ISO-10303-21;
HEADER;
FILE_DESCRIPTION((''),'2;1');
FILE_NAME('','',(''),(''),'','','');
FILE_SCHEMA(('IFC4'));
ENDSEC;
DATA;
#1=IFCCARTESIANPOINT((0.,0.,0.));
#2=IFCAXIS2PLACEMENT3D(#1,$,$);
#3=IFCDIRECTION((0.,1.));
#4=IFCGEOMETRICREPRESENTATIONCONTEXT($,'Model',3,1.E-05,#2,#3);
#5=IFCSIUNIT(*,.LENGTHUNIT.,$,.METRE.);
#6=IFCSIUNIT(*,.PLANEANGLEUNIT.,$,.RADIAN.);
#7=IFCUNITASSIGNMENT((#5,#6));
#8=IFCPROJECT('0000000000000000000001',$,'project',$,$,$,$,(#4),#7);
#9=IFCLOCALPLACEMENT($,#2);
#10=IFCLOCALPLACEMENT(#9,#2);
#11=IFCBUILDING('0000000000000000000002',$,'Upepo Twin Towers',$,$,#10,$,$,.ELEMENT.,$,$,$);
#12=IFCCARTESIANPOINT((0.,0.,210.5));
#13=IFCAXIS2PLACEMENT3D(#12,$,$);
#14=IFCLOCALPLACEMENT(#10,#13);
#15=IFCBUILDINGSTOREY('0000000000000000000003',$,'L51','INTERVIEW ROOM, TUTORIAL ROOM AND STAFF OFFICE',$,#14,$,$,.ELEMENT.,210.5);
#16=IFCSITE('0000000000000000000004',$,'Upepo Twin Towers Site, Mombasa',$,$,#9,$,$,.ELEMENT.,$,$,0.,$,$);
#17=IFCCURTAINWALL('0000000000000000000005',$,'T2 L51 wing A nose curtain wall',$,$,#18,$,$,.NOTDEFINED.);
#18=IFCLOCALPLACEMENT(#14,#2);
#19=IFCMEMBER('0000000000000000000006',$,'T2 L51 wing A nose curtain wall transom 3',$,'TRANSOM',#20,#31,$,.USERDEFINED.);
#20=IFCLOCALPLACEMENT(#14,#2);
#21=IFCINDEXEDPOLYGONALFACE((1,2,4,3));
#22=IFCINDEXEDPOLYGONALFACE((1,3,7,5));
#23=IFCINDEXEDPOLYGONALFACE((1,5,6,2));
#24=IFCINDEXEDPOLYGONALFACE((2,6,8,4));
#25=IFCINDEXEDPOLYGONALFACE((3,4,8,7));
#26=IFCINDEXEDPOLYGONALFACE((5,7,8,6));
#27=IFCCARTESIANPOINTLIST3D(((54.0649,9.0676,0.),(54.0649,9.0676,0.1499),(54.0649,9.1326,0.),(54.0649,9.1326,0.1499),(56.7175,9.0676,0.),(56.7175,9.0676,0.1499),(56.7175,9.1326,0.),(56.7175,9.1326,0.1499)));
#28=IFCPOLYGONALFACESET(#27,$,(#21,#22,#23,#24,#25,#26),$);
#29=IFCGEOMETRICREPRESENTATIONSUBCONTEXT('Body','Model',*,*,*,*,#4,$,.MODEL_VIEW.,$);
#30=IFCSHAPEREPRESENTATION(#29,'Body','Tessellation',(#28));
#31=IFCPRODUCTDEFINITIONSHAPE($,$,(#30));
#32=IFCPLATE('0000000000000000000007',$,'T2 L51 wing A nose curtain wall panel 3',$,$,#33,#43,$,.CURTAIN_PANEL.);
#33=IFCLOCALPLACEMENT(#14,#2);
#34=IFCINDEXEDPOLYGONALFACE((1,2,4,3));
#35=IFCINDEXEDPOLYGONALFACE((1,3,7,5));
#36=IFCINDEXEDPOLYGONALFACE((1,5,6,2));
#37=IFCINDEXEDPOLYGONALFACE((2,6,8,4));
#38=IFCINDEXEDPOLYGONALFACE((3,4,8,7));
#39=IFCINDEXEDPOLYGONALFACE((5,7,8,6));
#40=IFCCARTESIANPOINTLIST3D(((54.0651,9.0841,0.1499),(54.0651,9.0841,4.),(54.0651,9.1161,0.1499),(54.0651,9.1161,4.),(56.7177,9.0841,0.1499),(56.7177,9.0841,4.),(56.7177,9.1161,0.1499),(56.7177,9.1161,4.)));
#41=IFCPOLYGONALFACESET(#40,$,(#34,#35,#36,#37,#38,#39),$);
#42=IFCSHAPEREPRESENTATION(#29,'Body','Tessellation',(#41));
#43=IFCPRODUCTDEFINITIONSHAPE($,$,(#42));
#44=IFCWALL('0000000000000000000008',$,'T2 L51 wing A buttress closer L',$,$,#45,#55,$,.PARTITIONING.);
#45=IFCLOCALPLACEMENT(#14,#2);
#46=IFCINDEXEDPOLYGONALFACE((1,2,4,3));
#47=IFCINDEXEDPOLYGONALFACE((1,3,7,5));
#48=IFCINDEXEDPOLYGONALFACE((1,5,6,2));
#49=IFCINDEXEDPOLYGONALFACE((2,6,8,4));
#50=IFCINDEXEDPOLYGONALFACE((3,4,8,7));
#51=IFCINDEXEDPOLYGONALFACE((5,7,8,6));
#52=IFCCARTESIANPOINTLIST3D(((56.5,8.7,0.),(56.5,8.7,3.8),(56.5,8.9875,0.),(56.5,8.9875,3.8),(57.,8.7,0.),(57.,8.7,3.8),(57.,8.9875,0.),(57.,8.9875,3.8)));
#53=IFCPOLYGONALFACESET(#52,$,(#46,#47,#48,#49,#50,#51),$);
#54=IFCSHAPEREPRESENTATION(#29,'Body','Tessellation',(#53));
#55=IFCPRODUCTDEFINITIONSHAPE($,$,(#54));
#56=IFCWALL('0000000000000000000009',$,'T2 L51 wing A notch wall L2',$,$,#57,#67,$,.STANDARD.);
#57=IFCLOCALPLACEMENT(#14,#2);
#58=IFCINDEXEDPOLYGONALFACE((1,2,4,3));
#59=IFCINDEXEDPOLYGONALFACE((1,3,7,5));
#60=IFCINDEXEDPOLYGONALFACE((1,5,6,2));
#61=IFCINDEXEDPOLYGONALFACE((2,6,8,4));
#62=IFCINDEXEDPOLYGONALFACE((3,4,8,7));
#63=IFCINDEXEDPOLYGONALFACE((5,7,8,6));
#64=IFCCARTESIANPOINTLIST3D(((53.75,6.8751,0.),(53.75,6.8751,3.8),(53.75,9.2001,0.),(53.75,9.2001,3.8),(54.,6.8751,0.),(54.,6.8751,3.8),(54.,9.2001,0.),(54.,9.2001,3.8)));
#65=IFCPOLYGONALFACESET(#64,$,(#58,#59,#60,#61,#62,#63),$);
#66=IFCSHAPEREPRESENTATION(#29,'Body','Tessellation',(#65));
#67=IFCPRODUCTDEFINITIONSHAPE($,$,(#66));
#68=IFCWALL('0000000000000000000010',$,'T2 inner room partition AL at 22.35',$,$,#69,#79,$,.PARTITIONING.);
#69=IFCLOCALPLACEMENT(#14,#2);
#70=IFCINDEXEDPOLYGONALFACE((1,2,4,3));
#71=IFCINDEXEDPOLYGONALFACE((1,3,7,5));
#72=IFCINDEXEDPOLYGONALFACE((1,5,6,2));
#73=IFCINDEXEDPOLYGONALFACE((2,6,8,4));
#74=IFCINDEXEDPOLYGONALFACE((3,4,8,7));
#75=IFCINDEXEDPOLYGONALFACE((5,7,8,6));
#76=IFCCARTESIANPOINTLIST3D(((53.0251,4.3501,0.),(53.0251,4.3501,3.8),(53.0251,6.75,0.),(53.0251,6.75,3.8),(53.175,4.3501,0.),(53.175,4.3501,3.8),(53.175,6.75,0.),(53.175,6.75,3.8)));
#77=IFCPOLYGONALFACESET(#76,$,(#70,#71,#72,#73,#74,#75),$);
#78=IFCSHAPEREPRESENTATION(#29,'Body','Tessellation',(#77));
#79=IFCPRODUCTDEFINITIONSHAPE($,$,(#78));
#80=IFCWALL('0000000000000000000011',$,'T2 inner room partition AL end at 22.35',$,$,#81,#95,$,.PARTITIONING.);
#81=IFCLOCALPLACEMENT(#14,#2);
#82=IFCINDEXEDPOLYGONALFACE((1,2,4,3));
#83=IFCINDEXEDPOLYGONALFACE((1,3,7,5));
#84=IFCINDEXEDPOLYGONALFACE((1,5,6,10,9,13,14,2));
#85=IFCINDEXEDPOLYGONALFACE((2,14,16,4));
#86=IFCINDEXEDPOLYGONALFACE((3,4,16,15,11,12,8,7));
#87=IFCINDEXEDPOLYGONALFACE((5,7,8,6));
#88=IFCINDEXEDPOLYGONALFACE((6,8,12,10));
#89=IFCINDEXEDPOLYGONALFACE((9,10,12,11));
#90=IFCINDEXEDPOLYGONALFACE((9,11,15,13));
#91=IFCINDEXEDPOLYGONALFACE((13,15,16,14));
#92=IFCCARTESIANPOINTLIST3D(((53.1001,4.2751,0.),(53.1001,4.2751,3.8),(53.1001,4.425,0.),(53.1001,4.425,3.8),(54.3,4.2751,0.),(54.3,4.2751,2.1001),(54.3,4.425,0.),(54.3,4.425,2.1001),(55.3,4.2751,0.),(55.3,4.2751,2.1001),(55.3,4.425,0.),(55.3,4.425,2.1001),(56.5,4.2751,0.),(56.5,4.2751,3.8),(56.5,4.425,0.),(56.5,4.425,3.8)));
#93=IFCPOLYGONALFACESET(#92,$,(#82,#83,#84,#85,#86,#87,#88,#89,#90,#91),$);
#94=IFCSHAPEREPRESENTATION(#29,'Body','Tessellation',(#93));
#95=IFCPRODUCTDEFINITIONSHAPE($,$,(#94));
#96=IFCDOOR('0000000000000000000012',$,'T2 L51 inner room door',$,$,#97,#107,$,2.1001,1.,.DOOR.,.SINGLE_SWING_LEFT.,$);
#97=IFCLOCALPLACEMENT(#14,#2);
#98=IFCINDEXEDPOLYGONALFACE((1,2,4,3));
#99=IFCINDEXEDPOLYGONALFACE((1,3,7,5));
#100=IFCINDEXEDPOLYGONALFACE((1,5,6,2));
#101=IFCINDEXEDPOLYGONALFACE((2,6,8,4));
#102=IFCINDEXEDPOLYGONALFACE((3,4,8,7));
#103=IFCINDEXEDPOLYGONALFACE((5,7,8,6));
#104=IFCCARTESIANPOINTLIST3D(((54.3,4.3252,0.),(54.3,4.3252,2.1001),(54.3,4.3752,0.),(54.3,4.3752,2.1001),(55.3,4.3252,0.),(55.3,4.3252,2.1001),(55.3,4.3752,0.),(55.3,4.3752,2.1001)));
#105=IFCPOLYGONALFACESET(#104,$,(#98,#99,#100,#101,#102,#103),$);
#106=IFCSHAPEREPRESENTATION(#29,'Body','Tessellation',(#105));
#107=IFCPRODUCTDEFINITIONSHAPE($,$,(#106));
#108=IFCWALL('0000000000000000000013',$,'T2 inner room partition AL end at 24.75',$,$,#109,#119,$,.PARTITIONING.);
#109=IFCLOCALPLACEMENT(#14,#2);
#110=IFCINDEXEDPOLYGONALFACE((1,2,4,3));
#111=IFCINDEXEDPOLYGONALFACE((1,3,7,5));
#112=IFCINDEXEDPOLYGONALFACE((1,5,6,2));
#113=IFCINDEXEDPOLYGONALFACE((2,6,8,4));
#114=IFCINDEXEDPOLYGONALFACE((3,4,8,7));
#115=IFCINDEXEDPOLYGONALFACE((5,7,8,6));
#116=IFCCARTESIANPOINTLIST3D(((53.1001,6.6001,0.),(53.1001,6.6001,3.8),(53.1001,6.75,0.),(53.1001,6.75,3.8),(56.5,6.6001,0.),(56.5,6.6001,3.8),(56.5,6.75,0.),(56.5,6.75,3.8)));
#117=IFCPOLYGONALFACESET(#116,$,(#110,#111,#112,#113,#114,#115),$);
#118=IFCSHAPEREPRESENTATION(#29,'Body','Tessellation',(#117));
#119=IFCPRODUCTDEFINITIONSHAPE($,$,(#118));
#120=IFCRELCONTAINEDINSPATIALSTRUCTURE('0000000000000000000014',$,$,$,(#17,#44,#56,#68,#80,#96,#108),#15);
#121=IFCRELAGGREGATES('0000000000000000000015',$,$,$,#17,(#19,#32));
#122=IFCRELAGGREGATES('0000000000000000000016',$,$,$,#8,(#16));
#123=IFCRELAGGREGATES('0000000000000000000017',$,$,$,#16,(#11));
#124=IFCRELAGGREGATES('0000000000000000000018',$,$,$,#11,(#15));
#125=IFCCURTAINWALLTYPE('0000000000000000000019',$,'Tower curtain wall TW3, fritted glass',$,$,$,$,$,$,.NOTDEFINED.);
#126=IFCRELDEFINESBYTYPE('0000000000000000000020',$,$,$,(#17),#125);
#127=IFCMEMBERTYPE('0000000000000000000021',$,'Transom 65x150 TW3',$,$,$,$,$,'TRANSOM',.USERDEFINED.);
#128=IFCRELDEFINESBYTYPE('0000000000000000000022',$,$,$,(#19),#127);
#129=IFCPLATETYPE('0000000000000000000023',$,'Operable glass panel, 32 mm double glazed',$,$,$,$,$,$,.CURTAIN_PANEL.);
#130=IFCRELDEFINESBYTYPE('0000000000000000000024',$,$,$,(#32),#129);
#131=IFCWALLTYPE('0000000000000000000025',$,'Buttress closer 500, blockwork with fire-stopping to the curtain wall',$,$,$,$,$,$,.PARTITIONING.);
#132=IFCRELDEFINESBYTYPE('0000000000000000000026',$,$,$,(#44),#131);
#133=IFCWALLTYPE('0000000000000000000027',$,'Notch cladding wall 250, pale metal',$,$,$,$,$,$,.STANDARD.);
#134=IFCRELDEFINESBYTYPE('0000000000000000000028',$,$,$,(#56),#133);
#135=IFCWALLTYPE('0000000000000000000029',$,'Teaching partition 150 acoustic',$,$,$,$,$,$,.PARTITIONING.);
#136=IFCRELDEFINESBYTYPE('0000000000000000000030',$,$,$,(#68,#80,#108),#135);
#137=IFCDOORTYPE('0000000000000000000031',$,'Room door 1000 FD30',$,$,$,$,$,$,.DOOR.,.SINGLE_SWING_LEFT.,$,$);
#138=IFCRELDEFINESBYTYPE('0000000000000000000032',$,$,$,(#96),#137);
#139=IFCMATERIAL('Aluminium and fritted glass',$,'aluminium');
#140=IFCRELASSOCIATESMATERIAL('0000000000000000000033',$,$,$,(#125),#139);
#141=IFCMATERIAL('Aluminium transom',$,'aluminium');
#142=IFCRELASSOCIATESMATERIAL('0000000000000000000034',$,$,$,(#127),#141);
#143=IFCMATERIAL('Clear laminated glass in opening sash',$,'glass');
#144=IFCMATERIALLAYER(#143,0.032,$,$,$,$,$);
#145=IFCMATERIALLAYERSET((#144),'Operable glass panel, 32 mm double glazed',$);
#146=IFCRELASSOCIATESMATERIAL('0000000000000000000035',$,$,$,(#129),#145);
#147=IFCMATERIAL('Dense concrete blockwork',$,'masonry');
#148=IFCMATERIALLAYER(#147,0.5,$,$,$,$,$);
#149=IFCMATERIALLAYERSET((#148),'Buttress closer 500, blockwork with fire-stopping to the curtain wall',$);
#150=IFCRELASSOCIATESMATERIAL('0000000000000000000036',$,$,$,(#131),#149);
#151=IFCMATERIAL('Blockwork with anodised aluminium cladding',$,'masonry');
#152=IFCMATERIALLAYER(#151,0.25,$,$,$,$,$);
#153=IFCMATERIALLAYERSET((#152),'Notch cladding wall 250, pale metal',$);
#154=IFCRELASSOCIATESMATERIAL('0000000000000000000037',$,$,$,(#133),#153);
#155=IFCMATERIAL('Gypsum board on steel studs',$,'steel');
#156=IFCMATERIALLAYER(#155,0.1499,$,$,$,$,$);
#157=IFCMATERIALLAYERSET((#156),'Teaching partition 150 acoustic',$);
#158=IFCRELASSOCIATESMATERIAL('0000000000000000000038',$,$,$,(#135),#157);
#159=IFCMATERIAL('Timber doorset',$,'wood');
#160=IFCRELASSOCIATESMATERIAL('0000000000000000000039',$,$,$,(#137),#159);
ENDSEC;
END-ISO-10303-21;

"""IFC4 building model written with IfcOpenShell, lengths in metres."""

from ifc_helpers import new_model, si_unit, direction, frame, frame_2d, origin, origin_2d, place, context, subcontext, project, spatial, rectangle, extrude, material, layer, layer_set, material_profile, profile_set, type_object, element, fill, aggregate, save


model = new_model("IFC4")

# Units and contexts
model_context = context("Model", 3, precision=1e-05, world=origin(), true_north=direction((0.0, 1.0)))
body_context = subcontext(model_context, "Body", "Model", "MODEL_VIEW")
ifc_project = project(units=[si_unit("LENGTHUNIT", "METRE"), si_unit("PLANEANGLEUNIT", "RADIAN")], contexts=[model_context])

# Site, building, storey
site_placement = place(None, origin())
site = spatial("IfcSite", under=ifc_project, at=site_placement, Name="Upepo Twin Towers Site, Mombasa", CompositionType="ELEMENT", RefElevation=0.0)
building_placement = place(site_placement, origin())
building = spatial("IfcBuilding", under=site, at=building_placement, Name="Upepo Twin Towers", CompositionType="ELEMENT")
storey_placement = place(building_placement, frame((0.0, 0.0, 210.5)))
storey = spatial("IfcBuildingStorey", under=building, at=storey_placement, Name="L51", Description="INTERVIEW ROOM, TUTORIAL ROOM AND STAFF OFFICE", CompositionType="ELEMENT", Elevation=210.5)

# Curtain wall, member, plate
ifc_material_1 = material(Name="Aluminium and fritted glass", Category="aluminium")
curtain_wall_type = type_object("IfcCurtainWallType", Name="Tower curtain wall TW3, fritted glass", PredefinedType="NOTDEFINED", material=ifc_material_1)
curtain_wall_placement = place(storey_placement, origin())
curtain_wall = element("IfcCurtainWall", 1, at=curtain_wall_placement, inside=storey, type_object=curtain_wall_type, Name="T2 L51 wing A nose curtain wall", PredefinedType="NOTDEFINED")
ifc_material_2 = material(Name="Aluminium transom", Category="aluminium")
ifc_material_profile_1 = material_profile(ifc_material_2, rectangle(XDim=0.0649, YDim=0.1499, at=origin_2d()), Name="TRANSOM 65x150")
ifc_profile_set_1 = profile_set([ifc_material_profile_1], Name="Aluminium transom")
member_type_1 = type_object("IfcMemberType", Name="Transom 65x150 TW3", ElementType="TRANSOM", PredefinedType="USERDEFINED", material=ifc_profile_set_1)
member_1_placement = place(storey_placement, frame((56.7175, 9.1001, 0.075), z_axis=(-1.0, 0.0, 0.0), x_axis=(0.0, -1.0, 0.0)))
member_1 = element("IfcMember", 2, at=member_1_placement, type_object=member_type_1, Name="T2 L51 wing A nose curtain wall transom 3", ObjectType="TRANSOM", PredefinedType="USERDEFINED", context=body_context, shape_type="SweptSolid", body=[
    extrude(rectangle(XDim=0.0649, YDim=0.1499, at=origin_2d()), origin(), (0.0, 0.0, 1.0), 2.6526),
])
ifc_material_3 = material(Name="Clear laminated glass in opening sash", Category="glass")
ifc_layer_1 = layer(ifc_material_3, 0.032)
ifc_layer_set_1 = layer_set([ifc_layer_1], Name="Operable glass panel, 32 mm double glazed")
plate_type = type_object("IfcPlateType", Name="Operable glass panel, 32 mm double glazed", PredefinedType="CURTAIN_PANEL", material=ifc_layer_set_1)
plate_placement = place(storey_placement, frame((55.3914, 9.1001, 0.1499), z_axis=(0.0, 0.0, 1.0), x_axis=(-1.0, 0.0, 0.0)))
plate = element("IfcPlate", 3, at=plate_placement, type_object=plate_type, Name="T2 L51 wing A nose curtain wall panel 3", PredefinedType="CURTAIN_PANEL", context=body_context, shape_type="SweptSolid", body=[
    extrude(rectangle(XDim=2.6526, YDim=0.032, at=origin_2d()), origin(), (0.0, 0.0, 1.0), 3.8501),
])
aggregate(curtain_wall, [member_1, plate])

# Walls
ifc_material_4 = material(Name="Dense concrete blockwork", Category="masonry")
ifc_layer_2 = layer(ifc_material_4, 0.5)
ifc_layer_set_2 = layer_set([ifc_layer_2], Name="Buttress closer 500, blockwork with fire-stopping to the curtain wall")
wall_type_1 = type_object("IfcWallType", Name="Buttress closer 500, blockwork with fire-stopping to the curtain wall", PredefinedType="PARTITIONING", material=ifc_layer_set_2)
wall_1_placement = place(storey_placement, frame((56.75, 8.7, 0.0), z_axis=(0.0, 0.0, 1.0), x_axis=(0.0, 1.0, 0.0)))
element("IfcWall", 4, at=wall_1_placement, inside=storey, type_object=wall_type_1, Name="T2 L51 wing A buttress closer L", PredefinedType="PARTITIONING", context=body_context, shape_type="SweptSolid", body=[
    extrude(rectangle(XDim=0.2876, YDim=0.5, at=frame_2d((0.1438, 0.0))), origin(), (0.0, 0.0, 1.0), 3.8),
])
ifc_material_5 = material(Name="Blockwork with anodised aluminium cladding", Category="masonry")
ifc_layer_3 = layer(ifc_material_5, 0.25)
ifc_layer_set_3 = layer_set([ifc_layer_3], Name="Notch cladding wall 250, pale metal")
wall_type_2 = type_object("IfcWallType", Name="Notch cladding wall 250, pale metal", PredefinedType="STANDARD", material=ifc_layer_set_3)
wall_2_placement = place(storey_placement, frame((53.875, 6.875, 0.0), z_axis=(0.0, 0.0, 1.0), x_axis=(0.0, 1.0, 0.0)))
element("IfcWall", 5, at=wall_2_placement, inside=storey, type_object=wall_type_2, Name="T2 L51 wing A notch wall L2", PredefinedType="STANDARD", context=body_context, shape_type="SweptSolid", body=[
    extrude(rectangle(XDim=2.325, YDim=0.25, at=frame_2d((1.1626, 0.0))), origin(), (0.0, 0.0, 1.0), 3.8),
])
ifc_material_6 = material(Name="Gypsum board on steel studs", Category="steel")
ifc_layer_4 = layer(ifc_material_6, 0.1499)
ifc_layer_set_4 = layer_set([ifc_layer_4], Name="Teaching partition 150 acoustic")
wall_type_3 = type_object("IfcWallType", Name="Teaching partition 150 acoustic", PredefinedType="PARTITIONING", material=ifc_layer_set_4)
wall_3_placement = place(storey_placement, frame((53.1001, 4.3501, 0.0), z_axis=(0.0, 0.0, 1.0), x_axis=(0.0, 1.0, 0.0)))
element("IfcWall", 6, at=wall_3_placement, inside=storey, type_object=wall_type_3, Name="T2 inner room partition AL at 22.35", PredefinedType="PARTITIONING", context=body_context, shape_type="SweptSolid", body=[
    extrude(rectangle(XDim=2.3999, YDim=0.1499, at=frame_2d((1.2, 0.0))), origin(), (0.0, 0.0, 1.0), 3.8),
])

# Wall, opening, door
wall_4_placement = place(storey_placement, frame((56.5, 4.3501, 0.0), z_axis=(0.0, 0.0, 1.0), x_axis=(-1.0, 0.0, 0.0)))
wall_4 = element("IfcWall", 7, at=wall_4_placement, inside=storey, type_object=wall_type_3, Name="T2 inner room partition AL end at 22.35", PredefinedType="PARTITIONING", context=body_context, shape_type="SweptSolid", body=[
    extrude(rectangle(XDim=3.3999, YDim=0.1499, at=frame_2d((1.7, 0.0))), origin(), (0.0, 0.0, 1.0), 3.8),
])
opening_placement = place(wall_4_placement, frame((1.2, 0.0, 0.0)))
opening = element("IfcOpeningElement", 8, at=opening_placement, cuts=wall_4, PredefinedType="OPENING", context=body_context, shape_type="SweptSolid", body=[
    extrude(rectangle(XDim=1.0, YDim=2.1001, at=frame_2d((0.5, 1.05))), frame((0.0, 0.085, 0.0), z_axis=(0.0, -1.0, 0.0), x_axis=(1.0, 0.0, 0.0)), (0.0, 0.0, 1.0), 0.1699),
])
ifc_material_7 = material(Name="Timber doorset", Category="wood")
door_type = type_object("IfcDoorType", Name="Room door 1000 FD30", OperationType="SINGLE_SWING_LEFT", PredefinedType="DOOR", material=ifc_material_7)
door_placement = place(opening_placement, origin())
door = element("IfcDoor", 9, at=door_placement, inside=storey, type_object=door_type, Name="T2 L51 inner room door", OperationType="SINGLE_SWING_LEFT", OverallHeight=2.1001, OverallWidth=1.0, PredefinedType="DOOR", context=body_context, shape_type="SweptSolid", body=[
    extrude(rectangle(XDim=1.0, YDim=2.1001, at=frame_2d((0.5, 1.05))), frame((0.0, 0.0249, 0.0), z_axis=(0.0, -1.0, 0.0), x_axis=(1.0, 0.0, 0.0)), (0.0, 0.0, 1.0), 0.05),
])
fill(opening, door)

# Wall
wall_5_placement = place(storey_placement, frame((56.5, 6.675, 0.0), z_axis=(0.0, 0.0, 1.0), x_axis=(-1.0, 0.0, 0.0)))
element("IfcWall", 10, at=wall_5_placement, inside=storey, type_object=wall_type_3, Name="T2 inner room partition AL end at 24.75", PredefinedType="PARTITIONING", context=body_context, shape_type="SweptSolid", body=[
    extrude(rectangle(XDim=3.3999, YDim=0.1499, at=frame_2d((1.7, 0.0))), origin(), (0.0, 0.0, 1.0), 3.8),
])

save(model, "model.ifc")
